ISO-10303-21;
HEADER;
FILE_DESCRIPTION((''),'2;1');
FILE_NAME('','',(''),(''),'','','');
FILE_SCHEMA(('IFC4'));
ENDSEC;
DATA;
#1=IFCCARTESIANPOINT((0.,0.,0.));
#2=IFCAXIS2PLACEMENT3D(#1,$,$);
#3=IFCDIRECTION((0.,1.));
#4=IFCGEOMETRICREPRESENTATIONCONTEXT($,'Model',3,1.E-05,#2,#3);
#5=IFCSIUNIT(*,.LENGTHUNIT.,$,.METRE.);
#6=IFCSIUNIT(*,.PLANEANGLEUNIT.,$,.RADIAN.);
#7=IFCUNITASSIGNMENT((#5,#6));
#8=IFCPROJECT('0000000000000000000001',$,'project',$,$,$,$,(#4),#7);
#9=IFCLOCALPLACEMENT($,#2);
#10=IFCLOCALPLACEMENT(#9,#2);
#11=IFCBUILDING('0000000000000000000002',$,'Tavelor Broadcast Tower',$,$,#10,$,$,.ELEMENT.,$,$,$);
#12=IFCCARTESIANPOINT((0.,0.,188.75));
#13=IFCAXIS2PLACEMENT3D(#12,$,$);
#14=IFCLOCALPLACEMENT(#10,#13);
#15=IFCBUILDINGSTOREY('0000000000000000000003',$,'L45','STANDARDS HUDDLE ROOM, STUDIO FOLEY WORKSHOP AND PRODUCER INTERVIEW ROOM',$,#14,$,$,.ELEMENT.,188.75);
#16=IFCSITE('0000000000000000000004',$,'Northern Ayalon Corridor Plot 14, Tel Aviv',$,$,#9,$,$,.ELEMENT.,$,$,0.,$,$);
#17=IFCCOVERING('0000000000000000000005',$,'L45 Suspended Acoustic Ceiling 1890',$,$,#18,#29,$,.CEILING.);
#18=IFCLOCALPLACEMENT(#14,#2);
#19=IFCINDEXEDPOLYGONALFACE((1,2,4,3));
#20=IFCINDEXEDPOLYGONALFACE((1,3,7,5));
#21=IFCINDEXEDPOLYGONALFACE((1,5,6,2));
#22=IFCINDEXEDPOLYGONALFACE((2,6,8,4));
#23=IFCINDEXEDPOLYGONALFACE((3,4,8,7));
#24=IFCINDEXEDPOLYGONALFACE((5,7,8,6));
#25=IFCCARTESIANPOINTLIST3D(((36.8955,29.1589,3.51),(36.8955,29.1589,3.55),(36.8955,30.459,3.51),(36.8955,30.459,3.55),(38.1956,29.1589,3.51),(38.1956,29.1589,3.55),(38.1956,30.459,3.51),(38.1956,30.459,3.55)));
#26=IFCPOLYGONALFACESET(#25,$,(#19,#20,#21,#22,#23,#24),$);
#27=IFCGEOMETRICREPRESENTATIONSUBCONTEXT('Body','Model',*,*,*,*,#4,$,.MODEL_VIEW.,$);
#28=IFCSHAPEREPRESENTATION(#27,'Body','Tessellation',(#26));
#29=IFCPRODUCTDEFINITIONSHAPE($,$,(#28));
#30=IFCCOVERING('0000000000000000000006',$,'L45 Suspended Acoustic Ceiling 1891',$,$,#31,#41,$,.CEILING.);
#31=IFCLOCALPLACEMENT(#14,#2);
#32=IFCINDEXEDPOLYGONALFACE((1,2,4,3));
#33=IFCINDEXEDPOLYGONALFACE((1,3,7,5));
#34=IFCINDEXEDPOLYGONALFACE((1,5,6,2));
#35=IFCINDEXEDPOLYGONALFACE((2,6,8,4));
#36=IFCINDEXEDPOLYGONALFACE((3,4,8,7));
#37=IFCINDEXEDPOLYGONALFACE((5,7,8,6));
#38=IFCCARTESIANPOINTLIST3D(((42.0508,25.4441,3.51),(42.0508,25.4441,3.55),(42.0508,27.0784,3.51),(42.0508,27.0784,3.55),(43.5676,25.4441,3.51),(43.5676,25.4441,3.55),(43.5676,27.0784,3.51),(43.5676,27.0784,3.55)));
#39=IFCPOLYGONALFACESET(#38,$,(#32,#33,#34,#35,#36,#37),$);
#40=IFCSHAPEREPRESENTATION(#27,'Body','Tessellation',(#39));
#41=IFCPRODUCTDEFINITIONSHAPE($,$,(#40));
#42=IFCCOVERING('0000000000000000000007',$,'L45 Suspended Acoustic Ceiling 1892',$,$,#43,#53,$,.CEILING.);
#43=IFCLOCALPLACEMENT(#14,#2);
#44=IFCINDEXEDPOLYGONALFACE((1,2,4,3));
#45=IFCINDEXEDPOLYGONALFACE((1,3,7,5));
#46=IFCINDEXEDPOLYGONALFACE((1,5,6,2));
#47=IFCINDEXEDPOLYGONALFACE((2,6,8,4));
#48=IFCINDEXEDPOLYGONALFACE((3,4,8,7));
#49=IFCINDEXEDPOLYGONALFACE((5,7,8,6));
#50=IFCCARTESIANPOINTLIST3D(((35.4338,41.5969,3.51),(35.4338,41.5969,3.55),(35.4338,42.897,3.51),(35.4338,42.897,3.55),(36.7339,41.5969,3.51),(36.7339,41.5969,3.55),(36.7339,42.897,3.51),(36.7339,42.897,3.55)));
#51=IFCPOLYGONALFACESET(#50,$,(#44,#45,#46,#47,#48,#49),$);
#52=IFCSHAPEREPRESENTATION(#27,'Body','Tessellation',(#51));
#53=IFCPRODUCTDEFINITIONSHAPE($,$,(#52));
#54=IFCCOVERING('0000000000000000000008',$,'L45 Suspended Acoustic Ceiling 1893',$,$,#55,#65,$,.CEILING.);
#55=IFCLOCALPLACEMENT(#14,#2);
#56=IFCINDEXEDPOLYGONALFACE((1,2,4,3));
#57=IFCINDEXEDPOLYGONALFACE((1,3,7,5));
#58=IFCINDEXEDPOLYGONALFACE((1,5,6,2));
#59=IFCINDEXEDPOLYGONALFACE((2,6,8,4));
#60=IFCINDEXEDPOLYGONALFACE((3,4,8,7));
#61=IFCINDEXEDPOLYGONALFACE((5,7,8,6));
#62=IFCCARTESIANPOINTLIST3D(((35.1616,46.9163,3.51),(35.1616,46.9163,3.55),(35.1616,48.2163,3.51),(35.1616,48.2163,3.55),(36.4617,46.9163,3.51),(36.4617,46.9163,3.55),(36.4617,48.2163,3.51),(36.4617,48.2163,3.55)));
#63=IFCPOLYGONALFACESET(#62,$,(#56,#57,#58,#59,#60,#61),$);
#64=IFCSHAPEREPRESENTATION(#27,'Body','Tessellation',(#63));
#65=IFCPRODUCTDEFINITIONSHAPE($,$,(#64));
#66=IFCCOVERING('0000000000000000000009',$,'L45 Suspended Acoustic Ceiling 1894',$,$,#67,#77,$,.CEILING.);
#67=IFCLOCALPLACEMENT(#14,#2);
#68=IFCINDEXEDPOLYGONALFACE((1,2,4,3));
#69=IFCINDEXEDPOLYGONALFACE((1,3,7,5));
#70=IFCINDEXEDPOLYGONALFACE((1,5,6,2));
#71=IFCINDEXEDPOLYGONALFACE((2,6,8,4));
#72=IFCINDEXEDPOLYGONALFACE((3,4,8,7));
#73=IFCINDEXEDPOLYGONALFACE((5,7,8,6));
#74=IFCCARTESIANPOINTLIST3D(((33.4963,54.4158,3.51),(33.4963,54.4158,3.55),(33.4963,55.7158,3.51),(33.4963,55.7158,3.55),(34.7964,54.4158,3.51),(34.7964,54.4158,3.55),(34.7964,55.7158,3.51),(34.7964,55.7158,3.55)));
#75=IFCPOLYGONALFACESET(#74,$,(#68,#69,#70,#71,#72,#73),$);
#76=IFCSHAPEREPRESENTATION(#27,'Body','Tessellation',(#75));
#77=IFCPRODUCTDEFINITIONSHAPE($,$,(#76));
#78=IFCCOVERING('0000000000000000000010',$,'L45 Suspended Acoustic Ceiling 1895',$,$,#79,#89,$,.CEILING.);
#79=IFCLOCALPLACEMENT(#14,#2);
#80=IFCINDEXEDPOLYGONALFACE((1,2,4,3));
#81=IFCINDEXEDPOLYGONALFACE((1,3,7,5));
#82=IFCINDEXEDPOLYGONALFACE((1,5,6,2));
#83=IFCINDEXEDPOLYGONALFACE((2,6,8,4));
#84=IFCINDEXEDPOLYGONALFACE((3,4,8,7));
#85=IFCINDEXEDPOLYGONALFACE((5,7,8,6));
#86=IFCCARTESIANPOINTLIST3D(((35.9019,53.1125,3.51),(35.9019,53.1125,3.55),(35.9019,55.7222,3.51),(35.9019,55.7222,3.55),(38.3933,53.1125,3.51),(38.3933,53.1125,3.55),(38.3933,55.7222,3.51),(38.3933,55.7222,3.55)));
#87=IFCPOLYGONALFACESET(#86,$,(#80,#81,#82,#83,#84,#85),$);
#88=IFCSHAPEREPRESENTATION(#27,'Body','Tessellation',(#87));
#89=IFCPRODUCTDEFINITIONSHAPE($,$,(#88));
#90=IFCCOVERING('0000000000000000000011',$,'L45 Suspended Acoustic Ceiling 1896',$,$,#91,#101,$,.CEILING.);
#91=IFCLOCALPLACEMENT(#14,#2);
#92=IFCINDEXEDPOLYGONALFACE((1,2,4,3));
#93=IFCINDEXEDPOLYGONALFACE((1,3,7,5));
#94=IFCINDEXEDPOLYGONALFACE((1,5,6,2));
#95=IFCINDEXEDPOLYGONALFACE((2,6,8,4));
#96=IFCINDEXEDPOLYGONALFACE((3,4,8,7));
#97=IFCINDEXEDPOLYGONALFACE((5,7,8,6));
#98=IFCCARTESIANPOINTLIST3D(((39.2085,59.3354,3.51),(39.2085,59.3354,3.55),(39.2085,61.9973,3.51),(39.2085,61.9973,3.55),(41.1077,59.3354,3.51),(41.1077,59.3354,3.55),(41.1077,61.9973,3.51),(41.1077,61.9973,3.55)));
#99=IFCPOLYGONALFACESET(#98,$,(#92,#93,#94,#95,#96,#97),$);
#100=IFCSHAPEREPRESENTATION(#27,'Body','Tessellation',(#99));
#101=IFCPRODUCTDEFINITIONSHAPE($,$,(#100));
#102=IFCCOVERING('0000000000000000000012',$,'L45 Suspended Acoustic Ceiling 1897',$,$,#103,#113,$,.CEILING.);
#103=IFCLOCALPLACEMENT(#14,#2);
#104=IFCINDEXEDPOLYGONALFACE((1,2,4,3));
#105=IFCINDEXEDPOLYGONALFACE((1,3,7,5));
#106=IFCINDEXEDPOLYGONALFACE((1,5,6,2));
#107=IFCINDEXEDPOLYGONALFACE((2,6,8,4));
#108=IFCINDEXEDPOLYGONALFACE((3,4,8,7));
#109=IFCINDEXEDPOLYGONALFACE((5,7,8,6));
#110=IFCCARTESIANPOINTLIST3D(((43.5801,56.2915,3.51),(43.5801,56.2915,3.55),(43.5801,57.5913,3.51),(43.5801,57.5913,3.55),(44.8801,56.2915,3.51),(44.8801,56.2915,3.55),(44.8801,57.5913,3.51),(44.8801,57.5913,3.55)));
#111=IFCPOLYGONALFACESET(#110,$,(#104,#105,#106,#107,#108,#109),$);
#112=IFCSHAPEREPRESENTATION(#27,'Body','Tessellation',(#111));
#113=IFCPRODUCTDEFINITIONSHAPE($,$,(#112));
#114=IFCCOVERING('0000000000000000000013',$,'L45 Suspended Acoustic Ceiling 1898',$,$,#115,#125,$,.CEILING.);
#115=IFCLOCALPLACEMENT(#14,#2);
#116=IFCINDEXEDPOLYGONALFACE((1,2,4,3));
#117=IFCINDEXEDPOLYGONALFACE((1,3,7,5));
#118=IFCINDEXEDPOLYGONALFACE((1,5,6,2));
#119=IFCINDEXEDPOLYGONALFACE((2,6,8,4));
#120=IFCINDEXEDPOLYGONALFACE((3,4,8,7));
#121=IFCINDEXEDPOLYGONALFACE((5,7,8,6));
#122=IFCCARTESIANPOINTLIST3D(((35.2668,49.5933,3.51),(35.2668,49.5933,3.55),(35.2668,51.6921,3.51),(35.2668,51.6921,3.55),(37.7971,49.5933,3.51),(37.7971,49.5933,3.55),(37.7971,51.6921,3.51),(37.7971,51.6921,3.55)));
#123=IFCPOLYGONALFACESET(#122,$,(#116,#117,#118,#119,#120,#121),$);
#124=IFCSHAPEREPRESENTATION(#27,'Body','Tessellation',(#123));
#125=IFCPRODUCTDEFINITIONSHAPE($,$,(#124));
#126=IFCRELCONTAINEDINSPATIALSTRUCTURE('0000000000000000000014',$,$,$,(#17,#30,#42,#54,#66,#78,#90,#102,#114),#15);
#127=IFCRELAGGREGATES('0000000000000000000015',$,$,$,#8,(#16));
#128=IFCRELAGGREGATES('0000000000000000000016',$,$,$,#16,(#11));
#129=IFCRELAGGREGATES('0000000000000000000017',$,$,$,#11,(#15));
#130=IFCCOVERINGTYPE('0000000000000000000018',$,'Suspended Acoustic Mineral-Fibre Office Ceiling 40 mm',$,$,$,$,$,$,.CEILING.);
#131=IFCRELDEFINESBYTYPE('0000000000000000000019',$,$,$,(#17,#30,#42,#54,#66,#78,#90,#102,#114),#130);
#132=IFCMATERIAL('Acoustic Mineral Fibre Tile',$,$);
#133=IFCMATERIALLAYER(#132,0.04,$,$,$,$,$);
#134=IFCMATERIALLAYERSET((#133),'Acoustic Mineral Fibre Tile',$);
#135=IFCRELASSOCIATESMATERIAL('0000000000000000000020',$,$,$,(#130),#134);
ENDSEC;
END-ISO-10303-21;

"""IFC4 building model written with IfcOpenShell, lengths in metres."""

from ifc_helpers import new_model, si_unit, direction, frame, origin, place, context, subcontext, project, spatial, polyline, outline, extrude, material, layer, layer_set, type_object, element, save


model = new_model("IFC4")

# Units and contexts
model_context = context("Model", 3, precision=1e-05, world=origin(), true_north=direction((0.0, 1.0)))
body_context = subcontext(model_context, "Body", "Model", "MODEL_VIEW")
ifc_project = project(units=[si_unit("LENGTHUNIT", "METRE"), si_unit("PLANEANGLEUNIT", "RADIAN")], contexts=[model_context])

# Site, building, storey
site_placement = place(None, origin())
site = spatial("IfcSite", under=ifc_project, at=site_placement, Name="Northern Ayalon Corridor Plot 14, Tel Aviv", CompositionType="ELEMENT", RefElevation=0.0)
building_placement = place(site_placement, origin())
building = spatial("IfcBuilding", under=site, at=building_placement, Name="Tavelor Broadcast Tower", CompositionType="ELEMENT")
storey_placement = place(building_placement, frame((0.0, 0.0, 188.75)))
storey = spatial("IfcBuildingStorey", under=building, at=storey_placement, Name="L45", Description="STANDARDS HUDDLE ROOM, STUDIO FOLEY WORKSHOP AND PRODUCER INTERVIEW ROOM", CompositionType="ELEMENT", Elevation=188.75)

# Coverings
ifc_material_1 = material(Name="Acoustic Mineral Fibre Tile")
ifc_layer_1 = layer(ifc_material_1, 0.04)
ifc_layer_set_1 = layer_set([ifc_layer_1], Name="Acoustic Mineral Fibre Tile")
covering_type_1 = type_object("IfcCoveringType", Name="Suspended Acoustic Mineral-Fibre Office Ceiling 40 mm", PredefinedType="CEILING", material=ifc_layer_set_1)
covering_1_placement = place(storey_placement, frame((0.0, 0.0, 3.51)))
element("IfcCovering", 1, at=covering_1_placement, inside=storey, type_object=covering_type_1, Name="L45 Suspended Acoustic Ceiling 1890", PredefinedType="CEILING", context=body_context, shape_type="SweptSolid", body=[
    extrude(outline(polyline([(36.8955, 29.1589), (38.1956, 29.1589), (38.1956, 30.459), (36.8955, 30.459), (36.8955, 29.1589)])), origin(), (0.0, 0.0, 1.0), 0.04),
])
covering_2_placement = place(storey_placement, frame((0.0, 0.0, 3.51)))
element("IfcCovering", 2, at=covering_2_placement, inside=storey, type_object=covering_type_1, Name="L45 Suspended Acoustic Ceiling 1891", PredefinedType="CEILING", context=body_context, shape_type="SweptSolid", body=[
    extrude(outline(polyline([(42.0508, 25.4441), (43.5676, 25.4441), (43.5676, 27.0784), (42.0508, 27.0784), (42.0508, 25.4441)])), origin(), (0.0, 0.0, 1.0), 0.04),
])
covering_3_placement = place(storey_placement, frame((0.0, 0.0, 3.51)))
element("IfcCovering", 3, at=covering_3_placement, inside=storey, type_object=covering_type_1, Name="L45 Suspended Acoustic Ceiling 1892", PredefinedType="CEILING", context=body_context, shape_type="SweptSolid", body=[
    extrude(outline(polyline([(35.4338, 41.5969), (36.7339, 41.5969), (36.7339, 42.897), (35.4338, 42.897), (35.4338, 41.5969)])), origin(), (0.0, 0.0, 1.0), 0.04),
])
covering_4_placement = place(storey_placement, frame((0.0, 0.0, 3.51)))
element("IfcCovering", 4, at=covering_4_placement, inside=storey, type_object=covering_type_1, Name="L45 Suspended Acoustic Ceiling 1893", PredefinedType="CEILING", context=body_context, shape_type="SweptSolid", body=[
    extrude(outline(polyline([(35.1616, 46.9163), (36.4617, 46.9163), (36.4617, 48.2163), (35.1616, 48.2163), (35.1616, 46.9163)])), origin(), (0.0, 0.0, 1.0), 0.04),
])
covering_5_placement = place(storey_placement, frame((0.0, 0.0, 3.51)))
element("IfcCovering", 5, at=covering_5_placement, inside=storey, type_object=covering_type_1, Name="L45 Suspended Acoustic Ceiling 1894", PredefinedType="CEILING", context=body_context, shape_type="SweptSolid", body=[
    extrude(outline(polyline([(33.4963, 54.4158), (34.7964, 54.4158), (34.7964, 55.7158), (33.4963, 55.7158), (33.4963, 54.4158)])), origin(), (0.0, 0.0, 1.0), 0.04),
])
covering_6_placement = place(storey_placement, frame((0.0, 0.0, 3.51)))
element("IfcCovering", 6, at=covering_6_placement, inside=storey, type_object=covering_type_1, Name="L45 Suspended Acoustic Ceiling 1895", PredefinedType="CEILING", context=body_context, shape_type="SweptSolid", body=[
    extrude(outline(polyline([(35.9019, 53.1125), (38.3933, 53.1125), (38.3933, 55.7222), (35.9019, 55.7222), (35.9019, 53.1125)])), origin(), (0.0, 0.0, 1.0), 0.04),
])
covering_7_placement = place(storey_placement, frame((0.0, 0.0, 3.51)))
element("IfcCovering", 7, at=covering_7_placement, inside=storey, type_object=covering_type_1, Name="L45 Suspended Acoustic Ceiling 1896", PredefinedType="CEILING", context=body_context, shape_type="SweptSolid", body=[
    extrude(outline(polyline([(39.2085, 59.3354), (41.1077, 59.3354), (41.1077, 61.9973), (39.2085, 61.9973), (39.2085, 59.3354)])), origin(), (0.0, 0.0, 1.0), 0.04),
])
covering_8_placement = place(storey_placement, frame((0.0, 0.0, 3.51)))
element("IfcCovering", 8, at=covering_8_placement, inside=storey, type_object=covering_type_1, Name="L45 Suspended Acoustic Ceiling 1897", PredefinedType="CEILING", context=body_context, shape_type="SweptSolid", body=[
    extrude(outline(polyline([(43.5801, 56.2915), (44.8801, 56.2915), (44.8801, 57.5913), (43.5801, 57.5913), (43.5801, 56.2915)])), origin(), (0.0, 0.0, 1.0), 0.04),
])
covering_9_placement = place(storey_placement, frame((0.0, 0.0, 3.51)))
element("IfcCovering", 9, at=covering_9_placement, inside=storey, type_object=covering_type_1, Name="L45 Suspended Acoustic Ceiling 1898", PredefinedType="CEILING", context=body_context, shape_type="SweptSolid", body=[
    extrude(outline(polyline([(35.2668, 49.5933), (37.7971, 49.5933), (37.7971, 51.6921), (35.2668, 51.6921), (35.2668, 49.5933)])), origin(), (0.0, 0.0, 1.0), 0.04),
])

save(model, "model.ifc")
